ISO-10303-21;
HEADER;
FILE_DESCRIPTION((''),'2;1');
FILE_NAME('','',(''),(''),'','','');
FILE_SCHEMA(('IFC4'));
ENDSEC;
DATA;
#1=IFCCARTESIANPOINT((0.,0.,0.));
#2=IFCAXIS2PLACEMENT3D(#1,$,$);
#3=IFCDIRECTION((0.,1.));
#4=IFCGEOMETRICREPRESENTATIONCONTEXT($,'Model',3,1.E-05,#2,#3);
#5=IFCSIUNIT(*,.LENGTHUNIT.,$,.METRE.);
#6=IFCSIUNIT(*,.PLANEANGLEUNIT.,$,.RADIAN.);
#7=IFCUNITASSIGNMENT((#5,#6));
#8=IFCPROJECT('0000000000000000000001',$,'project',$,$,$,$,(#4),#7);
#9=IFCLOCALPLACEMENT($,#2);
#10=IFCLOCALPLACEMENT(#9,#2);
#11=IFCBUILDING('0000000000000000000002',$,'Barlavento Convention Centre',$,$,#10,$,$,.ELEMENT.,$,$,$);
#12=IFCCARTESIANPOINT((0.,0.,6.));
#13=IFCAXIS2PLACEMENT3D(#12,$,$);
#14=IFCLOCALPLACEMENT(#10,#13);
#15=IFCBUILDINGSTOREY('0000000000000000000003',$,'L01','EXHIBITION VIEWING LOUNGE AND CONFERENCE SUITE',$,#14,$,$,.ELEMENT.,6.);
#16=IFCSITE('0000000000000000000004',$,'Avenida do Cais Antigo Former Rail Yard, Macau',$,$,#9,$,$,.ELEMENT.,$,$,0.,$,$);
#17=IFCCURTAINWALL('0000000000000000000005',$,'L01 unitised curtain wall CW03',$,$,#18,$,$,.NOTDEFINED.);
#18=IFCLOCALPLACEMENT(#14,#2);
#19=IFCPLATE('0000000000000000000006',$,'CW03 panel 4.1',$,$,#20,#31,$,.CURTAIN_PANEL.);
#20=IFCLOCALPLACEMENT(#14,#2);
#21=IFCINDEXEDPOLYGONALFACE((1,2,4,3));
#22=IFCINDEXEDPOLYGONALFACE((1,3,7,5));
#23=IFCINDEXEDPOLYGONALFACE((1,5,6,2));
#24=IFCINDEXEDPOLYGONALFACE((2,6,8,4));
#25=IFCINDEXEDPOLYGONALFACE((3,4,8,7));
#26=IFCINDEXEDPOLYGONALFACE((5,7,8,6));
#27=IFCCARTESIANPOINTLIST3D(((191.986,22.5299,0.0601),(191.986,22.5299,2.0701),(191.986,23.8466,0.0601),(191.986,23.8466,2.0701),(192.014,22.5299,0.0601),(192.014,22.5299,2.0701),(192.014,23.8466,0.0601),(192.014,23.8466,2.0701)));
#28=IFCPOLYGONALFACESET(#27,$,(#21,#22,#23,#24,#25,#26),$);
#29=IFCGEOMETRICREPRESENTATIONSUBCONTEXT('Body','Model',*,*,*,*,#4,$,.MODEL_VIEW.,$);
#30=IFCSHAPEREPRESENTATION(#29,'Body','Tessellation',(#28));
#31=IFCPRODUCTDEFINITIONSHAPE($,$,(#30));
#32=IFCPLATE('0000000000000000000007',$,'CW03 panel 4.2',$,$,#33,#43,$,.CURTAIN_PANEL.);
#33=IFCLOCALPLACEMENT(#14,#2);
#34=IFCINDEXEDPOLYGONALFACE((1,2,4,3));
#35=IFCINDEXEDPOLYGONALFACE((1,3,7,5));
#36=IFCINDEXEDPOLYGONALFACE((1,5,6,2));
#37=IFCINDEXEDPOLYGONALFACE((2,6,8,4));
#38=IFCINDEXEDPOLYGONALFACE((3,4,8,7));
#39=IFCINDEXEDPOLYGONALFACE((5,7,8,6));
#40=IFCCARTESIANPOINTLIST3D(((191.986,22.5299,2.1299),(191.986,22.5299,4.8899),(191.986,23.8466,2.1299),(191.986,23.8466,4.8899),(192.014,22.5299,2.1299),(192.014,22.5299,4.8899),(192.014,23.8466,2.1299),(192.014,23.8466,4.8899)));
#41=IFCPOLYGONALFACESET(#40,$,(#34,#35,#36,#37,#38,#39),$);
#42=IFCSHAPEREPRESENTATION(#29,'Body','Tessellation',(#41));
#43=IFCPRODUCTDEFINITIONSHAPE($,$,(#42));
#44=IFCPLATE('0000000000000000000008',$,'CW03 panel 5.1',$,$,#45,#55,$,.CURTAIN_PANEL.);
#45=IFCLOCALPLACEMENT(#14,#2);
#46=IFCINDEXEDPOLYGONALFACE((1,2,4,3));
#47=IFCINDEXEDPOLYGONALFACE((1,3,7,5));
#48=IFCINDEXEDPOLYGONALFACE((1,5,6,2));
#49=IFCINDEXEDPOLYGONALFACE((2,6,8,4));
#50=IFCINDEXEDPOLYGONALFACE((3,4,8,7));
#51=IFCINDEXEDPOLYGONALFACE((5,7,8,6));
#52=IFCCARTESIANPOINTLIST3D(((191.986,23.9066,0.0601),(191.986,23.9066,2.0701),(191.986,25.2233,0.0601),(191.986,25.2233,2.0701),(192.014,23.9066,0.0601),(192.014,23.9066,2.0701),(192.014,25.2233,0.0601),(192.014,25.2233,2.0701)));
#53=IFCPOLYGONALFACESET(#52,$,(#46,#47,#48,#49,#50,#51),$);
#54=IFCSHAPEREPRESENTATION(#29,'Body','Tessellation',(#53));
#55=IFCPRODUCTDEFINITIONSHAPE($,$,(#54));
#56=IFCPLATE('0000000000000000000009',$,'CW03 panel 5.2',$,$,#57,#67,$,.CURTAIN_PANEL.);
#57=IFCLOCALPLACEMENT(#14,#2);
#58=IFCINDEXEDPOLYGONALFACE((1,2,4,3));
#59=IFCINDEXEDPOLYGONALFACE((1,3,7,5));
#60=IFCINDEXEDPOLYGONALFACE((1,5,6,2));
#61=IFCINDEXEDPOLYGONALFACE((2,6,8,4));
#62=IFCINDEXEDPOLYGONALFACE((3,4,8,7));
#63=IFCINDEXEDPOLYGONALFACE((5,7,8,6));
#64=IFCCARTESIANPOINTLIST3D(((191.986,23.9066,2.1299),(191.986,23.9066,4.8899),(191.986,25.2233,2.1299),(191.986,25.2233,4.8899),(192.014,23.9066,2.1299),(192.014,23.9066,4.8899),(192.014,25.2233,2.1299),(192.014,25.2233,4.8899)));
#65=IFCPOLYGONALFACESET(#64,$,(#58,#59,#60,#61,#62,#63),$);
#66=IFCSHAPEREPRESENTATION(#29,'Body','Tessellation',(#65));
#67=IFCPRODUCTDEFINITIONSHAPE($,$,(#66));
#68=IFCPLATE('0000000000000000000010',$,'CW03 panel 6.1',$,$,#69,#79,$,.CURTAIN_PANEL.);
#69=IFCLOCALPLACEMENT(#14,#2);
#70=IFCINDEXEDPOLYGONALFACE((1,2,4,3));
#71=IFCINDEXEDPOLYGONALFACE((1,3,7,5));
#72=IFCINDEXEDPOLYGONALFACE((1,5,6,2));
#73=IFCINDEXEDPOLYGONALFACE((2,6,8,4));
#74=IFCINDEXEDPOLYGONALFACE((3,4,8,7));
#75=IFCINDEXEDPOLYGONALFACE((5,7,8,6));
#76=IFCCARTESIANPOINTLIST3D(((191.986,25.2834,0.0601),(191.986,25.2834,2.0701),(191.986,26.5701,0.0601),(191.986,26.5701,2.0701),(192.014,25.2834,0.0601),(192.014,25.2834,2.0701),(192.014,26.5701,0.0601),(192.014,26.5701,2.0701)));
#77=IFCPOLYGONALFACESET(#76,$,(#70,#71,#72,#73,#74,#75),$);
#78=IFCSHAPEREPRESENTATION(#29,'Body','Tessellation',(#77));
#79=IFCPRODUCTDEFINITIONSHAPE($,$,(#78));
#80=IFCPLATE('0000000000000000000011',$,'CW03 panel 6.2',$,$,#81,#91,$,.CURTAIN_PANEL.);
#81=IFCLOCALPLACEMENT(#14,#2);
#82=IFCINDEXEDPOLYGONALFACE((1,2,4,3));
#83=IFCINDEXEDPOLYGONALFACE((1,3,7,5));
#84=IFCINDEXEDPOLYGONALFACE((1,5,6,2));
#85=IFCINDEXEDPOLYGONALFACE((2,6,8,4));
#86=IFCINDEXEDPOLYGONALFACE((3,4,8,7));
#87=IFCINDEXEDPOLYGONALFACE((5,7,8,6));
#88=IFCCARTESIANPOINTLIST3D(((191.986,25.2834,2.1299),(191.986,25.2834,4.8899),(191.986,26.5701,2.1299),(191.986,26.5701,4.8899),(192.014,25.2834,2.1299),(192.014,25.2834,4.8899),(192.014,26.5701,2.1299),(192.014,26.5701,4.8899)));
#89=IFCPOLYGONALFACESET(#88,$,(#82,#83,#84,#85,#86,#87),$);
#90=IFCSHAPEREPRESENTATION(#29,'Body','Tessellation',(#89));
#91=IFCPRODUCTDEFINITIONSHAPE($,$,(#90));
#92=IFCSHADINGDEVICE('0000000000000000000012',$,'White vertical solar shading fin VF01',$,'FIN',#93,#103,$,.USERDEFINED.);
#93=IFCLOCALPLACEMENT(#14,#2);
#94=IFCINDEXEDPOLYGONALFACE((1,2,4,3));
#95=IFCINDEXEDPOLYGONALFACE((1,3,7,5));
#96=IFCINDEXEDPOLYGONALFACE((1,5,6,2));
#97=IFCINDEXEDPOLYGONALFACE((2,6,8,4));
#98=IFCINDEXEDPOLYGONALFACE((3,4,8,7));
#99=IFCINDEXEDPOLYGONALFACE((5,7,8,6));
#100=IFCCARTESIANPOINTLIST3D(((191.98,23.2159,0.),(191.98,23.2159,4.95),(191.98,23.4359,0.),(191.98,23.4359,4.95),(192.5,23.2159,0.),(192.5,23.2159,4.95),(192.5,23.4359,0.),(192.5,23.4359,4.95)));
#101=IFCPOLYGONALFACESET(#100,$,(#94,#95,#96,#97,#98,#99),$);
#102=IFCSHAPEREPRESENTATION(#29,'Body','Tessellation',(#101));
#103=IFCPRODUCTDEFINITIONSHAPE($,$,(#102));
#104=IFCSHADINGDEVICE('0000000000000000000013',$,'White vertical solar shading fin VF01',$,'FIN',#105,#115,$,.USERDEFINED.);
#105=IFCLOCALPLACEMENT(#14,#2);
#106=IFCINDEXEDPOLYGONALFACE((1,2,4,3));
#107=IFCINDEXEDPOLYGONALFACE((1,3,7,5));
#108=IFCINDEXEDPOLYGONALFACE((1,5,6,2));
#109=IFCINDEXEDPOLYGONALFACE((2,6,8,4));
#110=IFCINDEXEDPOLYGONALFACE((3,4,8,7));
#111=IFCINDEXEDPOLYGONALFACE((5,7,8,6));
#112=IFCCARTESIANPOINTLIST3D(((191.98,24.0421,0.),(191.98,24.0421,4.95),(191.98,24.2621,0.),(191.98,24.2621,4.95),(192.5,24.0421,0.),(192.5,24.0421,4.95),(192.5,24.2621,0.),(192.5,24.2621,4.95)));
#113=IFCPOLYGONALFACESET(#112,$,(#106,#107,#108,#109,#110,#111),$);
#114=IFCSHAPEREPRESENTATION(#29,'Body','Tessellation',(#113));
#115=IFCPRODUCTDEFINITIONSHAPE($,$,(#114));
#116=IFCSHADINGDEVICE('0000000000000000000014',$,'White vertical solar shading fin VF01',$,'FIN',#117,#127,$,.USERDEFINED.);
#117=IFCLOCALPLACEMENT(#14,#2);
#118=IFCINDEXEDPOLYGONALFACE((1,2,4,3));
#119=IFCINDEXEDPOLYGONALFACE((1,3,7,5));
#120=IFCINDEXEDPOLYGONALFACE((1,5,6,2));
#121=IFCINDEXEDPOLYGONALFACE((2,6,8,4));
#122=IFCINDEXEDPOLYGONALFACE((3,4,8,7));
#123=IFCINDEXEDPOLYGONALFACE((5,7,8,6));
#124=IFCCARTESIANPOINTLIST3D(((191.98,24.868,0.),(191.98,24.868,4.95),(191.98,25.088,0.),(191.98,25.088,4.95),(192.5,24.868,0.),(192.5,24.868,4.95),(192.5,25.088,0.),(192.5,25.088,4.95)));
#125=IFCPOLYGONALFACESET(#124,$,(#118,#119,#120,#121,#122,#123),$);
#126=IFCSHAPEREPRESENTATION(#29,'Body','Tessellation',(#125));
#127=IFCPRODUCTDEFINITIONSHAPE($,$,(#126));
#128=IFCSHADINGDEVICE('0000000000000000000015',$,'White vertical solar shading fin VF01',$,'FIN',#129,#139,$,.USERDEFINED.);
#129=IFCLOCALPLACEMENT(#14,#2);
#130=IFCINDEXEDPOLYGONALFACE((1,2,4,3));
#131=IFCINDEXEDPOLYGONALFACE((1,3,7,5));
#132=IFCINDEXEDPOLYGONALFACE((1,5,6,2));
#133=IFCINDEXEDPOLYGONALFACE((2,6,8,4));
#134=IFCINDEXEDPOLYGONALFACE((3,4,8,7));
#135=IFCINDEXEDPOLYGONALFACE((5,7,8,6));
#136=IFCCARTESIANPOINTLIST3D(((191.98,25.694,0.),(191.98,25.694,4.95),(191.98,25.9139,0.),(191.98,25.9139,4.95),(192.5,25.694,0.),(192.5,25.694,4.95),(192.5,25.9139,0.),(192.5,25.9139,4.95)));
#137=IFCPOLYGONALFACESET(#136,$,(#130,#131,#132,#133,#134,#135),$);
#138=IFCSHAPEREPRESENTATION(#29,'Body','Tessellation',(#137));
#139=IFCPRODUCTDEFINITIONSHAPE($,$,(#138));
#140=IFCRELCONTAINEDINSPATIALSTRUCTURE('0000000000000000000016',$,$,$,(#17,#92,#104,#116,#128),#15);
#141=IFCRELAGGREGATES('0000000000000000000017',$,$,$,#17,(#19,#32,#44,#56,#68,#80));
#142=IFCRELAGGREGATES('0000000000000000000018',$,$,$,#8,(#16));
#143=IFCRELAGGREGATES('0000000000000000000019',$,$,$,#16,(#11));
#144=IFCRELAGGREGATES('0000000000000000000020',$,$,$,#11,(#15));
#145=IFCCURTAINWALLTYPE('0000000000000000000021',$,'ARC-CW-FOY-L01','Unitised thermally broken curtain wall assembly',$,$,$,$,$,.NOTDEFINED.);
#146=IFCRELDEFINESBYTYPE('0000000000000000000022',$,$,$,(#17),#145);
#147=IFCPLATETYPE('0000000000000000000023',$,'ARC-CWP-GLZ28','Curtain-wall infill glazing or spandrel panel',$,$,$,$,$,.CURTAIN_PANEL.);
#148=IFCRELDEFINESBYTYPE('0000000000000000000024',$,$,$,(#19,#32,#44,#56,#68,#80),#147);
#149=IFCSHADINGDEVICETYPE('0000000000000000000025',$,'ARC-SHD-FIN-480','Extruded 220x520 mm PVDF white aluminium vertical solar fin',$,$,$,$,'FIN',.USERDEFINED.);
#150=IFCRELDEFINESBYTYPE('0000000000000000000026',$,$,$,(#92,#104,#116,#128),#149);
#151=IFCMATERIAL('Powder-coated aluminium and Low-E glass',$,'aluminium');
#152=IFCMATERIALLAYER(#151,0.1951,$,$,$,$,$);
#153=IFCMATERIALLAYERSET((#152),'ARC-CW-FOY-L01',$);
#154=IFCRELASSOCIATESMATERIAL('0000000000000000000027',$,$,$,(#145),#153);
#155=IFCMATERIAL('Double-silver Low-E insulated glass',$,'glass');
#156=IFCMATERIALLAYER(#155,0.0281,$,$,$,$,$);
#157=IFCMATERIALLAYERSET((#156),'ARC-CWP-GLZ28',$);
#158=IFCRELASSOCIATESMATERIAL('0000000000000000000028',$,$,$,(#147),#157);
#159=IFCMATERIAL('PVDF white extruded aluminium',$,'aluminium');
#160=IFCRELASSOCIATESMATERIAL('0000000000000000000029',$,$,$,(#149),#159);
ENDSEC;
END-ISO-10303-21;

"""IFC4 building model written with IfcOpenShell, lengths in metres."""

from ifc_helpers import new_model, si_unit, direction, frame, origin, origin_2d, place, context, subcontext, project, spatial, rectangle, extrude, material, layer, layer_set, type_object, element, aggregate, save


model = new_model("IFC4")

# Units and contexts
model_context = context("Model", 3, precision=1e-05, world=origin(), true_north=direction((0.0, 1.0)))
body_context = subcontext(model_context, "Body", "Model", "MODEL_VIEW")
ifc_project = project(units=[si_unit("LENGTHUNIT", "METRE"), si_unit("PLANEANGLEUNIT", "RADIAN")], contexts=[model_context])

# Site, building, storey
site_placement = place(None, origin())
site = spatial("IfcSite", under=ifc_project, at=site_placement, Name="Avenida do Cais Antigo Former Rail Yard, Macau", CompositionType="ELEMENT", RefElevation=0.0)
building_placement = place(site_placement, origin())
building = spatial("IfcBuilding", under=site, at=building_placement, Name="Barlavento Convention Centre", CompositionType="ELEMENT")
storey_placement = place(building_placement, frame((0.0, 0.0, 6.0)))
storey = spatial("IfcBuildingStorey", under=building, at=storey_placement, Name="L01", Description="EXHIBITION VIEWING LOUNGE AND CONFERENCE SUITE", CompositionType="ELEMENT", Elevation=6.0)

# Curtain wall, plates
ifc_material_1 = material(Name="Powder-coated aluminium and Low-E glass", Category="aluminium")
ifc_layer_1 = layer(ifc_material_1, 0.1951)
ifc_layer_set_1 = layer_set([ifc_layer_1], Name="ARC-CW-FOY-L01")
curtain_wall_type = type_object("IfcCurtainWallType", Name="ARC-CW-FOY-L01", Description="Unitised thermally broken curtain wall assembly", PredefinedType="NOTDEFINED", material=ifc_layer_set_1)
curtain_wall_placement = place(storey_placement, origin())
curtain_wall = element("IfcCurtainWall", 1, at=curtain_wall_placement, inside=storey, type_object=curtain_wall_type, Name="L01 unitised curtain wall CW03", PredefinedType="NOTDEFINED")
ifc_material_2 = material(Name="Double-silver Low-E insulated glass", Category="glass")
ifc_layer_2 = layer(ifc_material_2, 0.0281)
ifc_layer_set_2 = layer_set([ifc_layer_2], Name="ARC-CWP-GLZ28")
plate_type = type_object("IfcPlateType", Name="ARC-CWP-GLZ28", Description="Curtain-wall infill glazing or spandrel panel", PredefinedType="CURTAIN_PANEL", material=ifc_layer_set_2)
plate_1_placement = place(storey_placement, frame((192.0, 23.1882, 0.0601), z_axis=(0.0, 0.0, 1.0), x_axis=(0.0, 1.0, 0.0)))
plate_1 = element("IfcPlate", 2, at=plate_1_placement, type_object=plate_type, Name="CW03 panel 4.1", PredefinedType="CURTAIN_PANEL", context=body_context, shape_type="SweptSolid", body=[
    extrude(rectangle(XDim=1.3167, YDim=0.0281, at=origin_2d()), origin(), (0.0, 0.0, 1.0), 2.01),
])
plate_2_placement = place(storey_placement, frame((192.0, 23.1882, 2.1299), z_axis=(0.0, 0.0, 1.0), x_axis=(0.0, 1.0, 0.0)))
plate_2 = element("IfcPlate", 3, at=plate_2_placement, type_object=plate_type, Name="CW03 panel 4.2", PredefinedType="CURTAIN_PANEL", context=body_context, shape_type="SweptSolid", body=[
    extrude(rectangle(XDim=1.3167, YDim=0.0281, at=origin_2d()), origin(), (0.0, 0.0, 1.0), 2.76),
])
plate_3_placement = place(storey_placement, frame((192.0, 24.5649, 0.0601), z_axis=(0.0, 0.0, 1.0), x_axis=(0.0, 1.0, 0.0)))
plate_3 = element("IfcPlate", 4, at=plate_3_placement, type_object=plate_type, Name="CW03 panel 5.1", PredefinedType="CURTAIN_PANEL", context=body_context, shape_type="SweptSolid", body=[
    extrude(rectangle(XDim=1.3167, YDim=0.0281, at=origin_2d()), origin(), (0.0, 0.0, 1.0), 2.01),
])
plate_4_placement = place(storey_placement, frame((192.0, 24.5649, 2.1299), z_axis=(0.0, 0.0, 1.0), x_axis=(0.0, 1.0, 0.0)))
plate_4 = element("IfcPlate", 5, at=plate_4_placement, type_object=plate_type, Name="CW03 panel 5.2", PredefinedType="CURTAIN_PANEL", context=body_context, shape_type="SweptSolid", body=[
    extrude(rectangle(XDim=1.3167, YDim=0.0281, at=origin_2d()), origin(), (0.0, 0.0, 1.0), 2.76),
])
plate_5_placement = place(storey_placement, frame((192.0, 25.9268, 0.0601), z_axis=(0.0, 0.0, 1.0), x_axis=(0.0, 1.0, 0.0)))
plate_5 = element("IfcPlate", 6, at=plate_5_placement, type_object=plate_type, Name="CW03 panel 6.1", PredefinedType="CURTAIN_PANEL", context=body_context, shape_type="SweptSolid", body=[
    extrude(rectangle(XDim=1.2866, YDim=0.0281, at=origin_2d()), origin(), (0.0, 0.0, 1.0), 2.01),
])
plate_6_placement = place(storey_placement, frame((192.0, 25.9268, 2.1299), z_axis=(0.0, 0.0, 1.0), x_axis=(0.0, 1.0, 0.0)))
plate_6 = element("IfcPlate", 7, at=plate_6_placement, type_object=plate_type, Name="CW03 panel 6.2", PredefinedType="CURTAIN_PANEL", context=body_context, shape_type="SweptSolid", body=[
    extrude(rectangle(XDim=1.2866, YDim=0.0281, at=origin_2d()), origin(), (0.0, 0.0, 1.0), 2.76),
])
aggregate(curtain_wall, [plate_1, plate_2, plate_3, plate_4, plate_5, plate_6])

# Shading devices
ifc_material_3 = material(Name="PVDF white extruded aluminium", Category="aluminium")
shading_device_type = type_object("IfcShadingDeviceType", Name="ARC-SHD-FIN-480", Description="Extruded 220x520 mm PVDF white aluminium vertical solar fin", ElementType="FIN", PredefinedType="USERDEFINED", material=ifc_material_3)
for number, where, z_axis, x_axis, name in (
    (8, (192.24, 23.3259, 0.0), (0.0, 0.0, 1.0), (0.0, 1.0, 0.0), "White vertical solar shading fin VF01"),
    (9, (192.24, 24.1521, 0.0), (0.0, 0.0, 1.0), (0.0, 1.0, 0.0), "White vertical solar shading fin VF01"),
    (10, (192.24, 24.978, 0.0), (0.0, 0.0, 1.0), (0.0, 1.0, 0.0), "White vertical solar shading fin VF01"),
    (11, (192.24, 25.804, 0.0), (0.0, 0.0, 1.0), (0.0, 1.0, 0.0), "White vertical solar shading fin VF01"),
):
    element("IfcShadingDevice", number, at=place(storey_placement, frame(where, z_axis=z_axis, x_axis=x_axis)), inside=storey, type_object=shading_device_type, Name=name, ObjectType="FIN", PredefinedType="USERDEFINED", context=body_context, shape_type="SweptSolid", body=[
        extrude(rectangle(XDim=0.22, YDim=0.52, at=origin_2d()), origin(), (0.0, 0.0, 1.0), 4.95),
    ])

save(model, "model.ifc")
